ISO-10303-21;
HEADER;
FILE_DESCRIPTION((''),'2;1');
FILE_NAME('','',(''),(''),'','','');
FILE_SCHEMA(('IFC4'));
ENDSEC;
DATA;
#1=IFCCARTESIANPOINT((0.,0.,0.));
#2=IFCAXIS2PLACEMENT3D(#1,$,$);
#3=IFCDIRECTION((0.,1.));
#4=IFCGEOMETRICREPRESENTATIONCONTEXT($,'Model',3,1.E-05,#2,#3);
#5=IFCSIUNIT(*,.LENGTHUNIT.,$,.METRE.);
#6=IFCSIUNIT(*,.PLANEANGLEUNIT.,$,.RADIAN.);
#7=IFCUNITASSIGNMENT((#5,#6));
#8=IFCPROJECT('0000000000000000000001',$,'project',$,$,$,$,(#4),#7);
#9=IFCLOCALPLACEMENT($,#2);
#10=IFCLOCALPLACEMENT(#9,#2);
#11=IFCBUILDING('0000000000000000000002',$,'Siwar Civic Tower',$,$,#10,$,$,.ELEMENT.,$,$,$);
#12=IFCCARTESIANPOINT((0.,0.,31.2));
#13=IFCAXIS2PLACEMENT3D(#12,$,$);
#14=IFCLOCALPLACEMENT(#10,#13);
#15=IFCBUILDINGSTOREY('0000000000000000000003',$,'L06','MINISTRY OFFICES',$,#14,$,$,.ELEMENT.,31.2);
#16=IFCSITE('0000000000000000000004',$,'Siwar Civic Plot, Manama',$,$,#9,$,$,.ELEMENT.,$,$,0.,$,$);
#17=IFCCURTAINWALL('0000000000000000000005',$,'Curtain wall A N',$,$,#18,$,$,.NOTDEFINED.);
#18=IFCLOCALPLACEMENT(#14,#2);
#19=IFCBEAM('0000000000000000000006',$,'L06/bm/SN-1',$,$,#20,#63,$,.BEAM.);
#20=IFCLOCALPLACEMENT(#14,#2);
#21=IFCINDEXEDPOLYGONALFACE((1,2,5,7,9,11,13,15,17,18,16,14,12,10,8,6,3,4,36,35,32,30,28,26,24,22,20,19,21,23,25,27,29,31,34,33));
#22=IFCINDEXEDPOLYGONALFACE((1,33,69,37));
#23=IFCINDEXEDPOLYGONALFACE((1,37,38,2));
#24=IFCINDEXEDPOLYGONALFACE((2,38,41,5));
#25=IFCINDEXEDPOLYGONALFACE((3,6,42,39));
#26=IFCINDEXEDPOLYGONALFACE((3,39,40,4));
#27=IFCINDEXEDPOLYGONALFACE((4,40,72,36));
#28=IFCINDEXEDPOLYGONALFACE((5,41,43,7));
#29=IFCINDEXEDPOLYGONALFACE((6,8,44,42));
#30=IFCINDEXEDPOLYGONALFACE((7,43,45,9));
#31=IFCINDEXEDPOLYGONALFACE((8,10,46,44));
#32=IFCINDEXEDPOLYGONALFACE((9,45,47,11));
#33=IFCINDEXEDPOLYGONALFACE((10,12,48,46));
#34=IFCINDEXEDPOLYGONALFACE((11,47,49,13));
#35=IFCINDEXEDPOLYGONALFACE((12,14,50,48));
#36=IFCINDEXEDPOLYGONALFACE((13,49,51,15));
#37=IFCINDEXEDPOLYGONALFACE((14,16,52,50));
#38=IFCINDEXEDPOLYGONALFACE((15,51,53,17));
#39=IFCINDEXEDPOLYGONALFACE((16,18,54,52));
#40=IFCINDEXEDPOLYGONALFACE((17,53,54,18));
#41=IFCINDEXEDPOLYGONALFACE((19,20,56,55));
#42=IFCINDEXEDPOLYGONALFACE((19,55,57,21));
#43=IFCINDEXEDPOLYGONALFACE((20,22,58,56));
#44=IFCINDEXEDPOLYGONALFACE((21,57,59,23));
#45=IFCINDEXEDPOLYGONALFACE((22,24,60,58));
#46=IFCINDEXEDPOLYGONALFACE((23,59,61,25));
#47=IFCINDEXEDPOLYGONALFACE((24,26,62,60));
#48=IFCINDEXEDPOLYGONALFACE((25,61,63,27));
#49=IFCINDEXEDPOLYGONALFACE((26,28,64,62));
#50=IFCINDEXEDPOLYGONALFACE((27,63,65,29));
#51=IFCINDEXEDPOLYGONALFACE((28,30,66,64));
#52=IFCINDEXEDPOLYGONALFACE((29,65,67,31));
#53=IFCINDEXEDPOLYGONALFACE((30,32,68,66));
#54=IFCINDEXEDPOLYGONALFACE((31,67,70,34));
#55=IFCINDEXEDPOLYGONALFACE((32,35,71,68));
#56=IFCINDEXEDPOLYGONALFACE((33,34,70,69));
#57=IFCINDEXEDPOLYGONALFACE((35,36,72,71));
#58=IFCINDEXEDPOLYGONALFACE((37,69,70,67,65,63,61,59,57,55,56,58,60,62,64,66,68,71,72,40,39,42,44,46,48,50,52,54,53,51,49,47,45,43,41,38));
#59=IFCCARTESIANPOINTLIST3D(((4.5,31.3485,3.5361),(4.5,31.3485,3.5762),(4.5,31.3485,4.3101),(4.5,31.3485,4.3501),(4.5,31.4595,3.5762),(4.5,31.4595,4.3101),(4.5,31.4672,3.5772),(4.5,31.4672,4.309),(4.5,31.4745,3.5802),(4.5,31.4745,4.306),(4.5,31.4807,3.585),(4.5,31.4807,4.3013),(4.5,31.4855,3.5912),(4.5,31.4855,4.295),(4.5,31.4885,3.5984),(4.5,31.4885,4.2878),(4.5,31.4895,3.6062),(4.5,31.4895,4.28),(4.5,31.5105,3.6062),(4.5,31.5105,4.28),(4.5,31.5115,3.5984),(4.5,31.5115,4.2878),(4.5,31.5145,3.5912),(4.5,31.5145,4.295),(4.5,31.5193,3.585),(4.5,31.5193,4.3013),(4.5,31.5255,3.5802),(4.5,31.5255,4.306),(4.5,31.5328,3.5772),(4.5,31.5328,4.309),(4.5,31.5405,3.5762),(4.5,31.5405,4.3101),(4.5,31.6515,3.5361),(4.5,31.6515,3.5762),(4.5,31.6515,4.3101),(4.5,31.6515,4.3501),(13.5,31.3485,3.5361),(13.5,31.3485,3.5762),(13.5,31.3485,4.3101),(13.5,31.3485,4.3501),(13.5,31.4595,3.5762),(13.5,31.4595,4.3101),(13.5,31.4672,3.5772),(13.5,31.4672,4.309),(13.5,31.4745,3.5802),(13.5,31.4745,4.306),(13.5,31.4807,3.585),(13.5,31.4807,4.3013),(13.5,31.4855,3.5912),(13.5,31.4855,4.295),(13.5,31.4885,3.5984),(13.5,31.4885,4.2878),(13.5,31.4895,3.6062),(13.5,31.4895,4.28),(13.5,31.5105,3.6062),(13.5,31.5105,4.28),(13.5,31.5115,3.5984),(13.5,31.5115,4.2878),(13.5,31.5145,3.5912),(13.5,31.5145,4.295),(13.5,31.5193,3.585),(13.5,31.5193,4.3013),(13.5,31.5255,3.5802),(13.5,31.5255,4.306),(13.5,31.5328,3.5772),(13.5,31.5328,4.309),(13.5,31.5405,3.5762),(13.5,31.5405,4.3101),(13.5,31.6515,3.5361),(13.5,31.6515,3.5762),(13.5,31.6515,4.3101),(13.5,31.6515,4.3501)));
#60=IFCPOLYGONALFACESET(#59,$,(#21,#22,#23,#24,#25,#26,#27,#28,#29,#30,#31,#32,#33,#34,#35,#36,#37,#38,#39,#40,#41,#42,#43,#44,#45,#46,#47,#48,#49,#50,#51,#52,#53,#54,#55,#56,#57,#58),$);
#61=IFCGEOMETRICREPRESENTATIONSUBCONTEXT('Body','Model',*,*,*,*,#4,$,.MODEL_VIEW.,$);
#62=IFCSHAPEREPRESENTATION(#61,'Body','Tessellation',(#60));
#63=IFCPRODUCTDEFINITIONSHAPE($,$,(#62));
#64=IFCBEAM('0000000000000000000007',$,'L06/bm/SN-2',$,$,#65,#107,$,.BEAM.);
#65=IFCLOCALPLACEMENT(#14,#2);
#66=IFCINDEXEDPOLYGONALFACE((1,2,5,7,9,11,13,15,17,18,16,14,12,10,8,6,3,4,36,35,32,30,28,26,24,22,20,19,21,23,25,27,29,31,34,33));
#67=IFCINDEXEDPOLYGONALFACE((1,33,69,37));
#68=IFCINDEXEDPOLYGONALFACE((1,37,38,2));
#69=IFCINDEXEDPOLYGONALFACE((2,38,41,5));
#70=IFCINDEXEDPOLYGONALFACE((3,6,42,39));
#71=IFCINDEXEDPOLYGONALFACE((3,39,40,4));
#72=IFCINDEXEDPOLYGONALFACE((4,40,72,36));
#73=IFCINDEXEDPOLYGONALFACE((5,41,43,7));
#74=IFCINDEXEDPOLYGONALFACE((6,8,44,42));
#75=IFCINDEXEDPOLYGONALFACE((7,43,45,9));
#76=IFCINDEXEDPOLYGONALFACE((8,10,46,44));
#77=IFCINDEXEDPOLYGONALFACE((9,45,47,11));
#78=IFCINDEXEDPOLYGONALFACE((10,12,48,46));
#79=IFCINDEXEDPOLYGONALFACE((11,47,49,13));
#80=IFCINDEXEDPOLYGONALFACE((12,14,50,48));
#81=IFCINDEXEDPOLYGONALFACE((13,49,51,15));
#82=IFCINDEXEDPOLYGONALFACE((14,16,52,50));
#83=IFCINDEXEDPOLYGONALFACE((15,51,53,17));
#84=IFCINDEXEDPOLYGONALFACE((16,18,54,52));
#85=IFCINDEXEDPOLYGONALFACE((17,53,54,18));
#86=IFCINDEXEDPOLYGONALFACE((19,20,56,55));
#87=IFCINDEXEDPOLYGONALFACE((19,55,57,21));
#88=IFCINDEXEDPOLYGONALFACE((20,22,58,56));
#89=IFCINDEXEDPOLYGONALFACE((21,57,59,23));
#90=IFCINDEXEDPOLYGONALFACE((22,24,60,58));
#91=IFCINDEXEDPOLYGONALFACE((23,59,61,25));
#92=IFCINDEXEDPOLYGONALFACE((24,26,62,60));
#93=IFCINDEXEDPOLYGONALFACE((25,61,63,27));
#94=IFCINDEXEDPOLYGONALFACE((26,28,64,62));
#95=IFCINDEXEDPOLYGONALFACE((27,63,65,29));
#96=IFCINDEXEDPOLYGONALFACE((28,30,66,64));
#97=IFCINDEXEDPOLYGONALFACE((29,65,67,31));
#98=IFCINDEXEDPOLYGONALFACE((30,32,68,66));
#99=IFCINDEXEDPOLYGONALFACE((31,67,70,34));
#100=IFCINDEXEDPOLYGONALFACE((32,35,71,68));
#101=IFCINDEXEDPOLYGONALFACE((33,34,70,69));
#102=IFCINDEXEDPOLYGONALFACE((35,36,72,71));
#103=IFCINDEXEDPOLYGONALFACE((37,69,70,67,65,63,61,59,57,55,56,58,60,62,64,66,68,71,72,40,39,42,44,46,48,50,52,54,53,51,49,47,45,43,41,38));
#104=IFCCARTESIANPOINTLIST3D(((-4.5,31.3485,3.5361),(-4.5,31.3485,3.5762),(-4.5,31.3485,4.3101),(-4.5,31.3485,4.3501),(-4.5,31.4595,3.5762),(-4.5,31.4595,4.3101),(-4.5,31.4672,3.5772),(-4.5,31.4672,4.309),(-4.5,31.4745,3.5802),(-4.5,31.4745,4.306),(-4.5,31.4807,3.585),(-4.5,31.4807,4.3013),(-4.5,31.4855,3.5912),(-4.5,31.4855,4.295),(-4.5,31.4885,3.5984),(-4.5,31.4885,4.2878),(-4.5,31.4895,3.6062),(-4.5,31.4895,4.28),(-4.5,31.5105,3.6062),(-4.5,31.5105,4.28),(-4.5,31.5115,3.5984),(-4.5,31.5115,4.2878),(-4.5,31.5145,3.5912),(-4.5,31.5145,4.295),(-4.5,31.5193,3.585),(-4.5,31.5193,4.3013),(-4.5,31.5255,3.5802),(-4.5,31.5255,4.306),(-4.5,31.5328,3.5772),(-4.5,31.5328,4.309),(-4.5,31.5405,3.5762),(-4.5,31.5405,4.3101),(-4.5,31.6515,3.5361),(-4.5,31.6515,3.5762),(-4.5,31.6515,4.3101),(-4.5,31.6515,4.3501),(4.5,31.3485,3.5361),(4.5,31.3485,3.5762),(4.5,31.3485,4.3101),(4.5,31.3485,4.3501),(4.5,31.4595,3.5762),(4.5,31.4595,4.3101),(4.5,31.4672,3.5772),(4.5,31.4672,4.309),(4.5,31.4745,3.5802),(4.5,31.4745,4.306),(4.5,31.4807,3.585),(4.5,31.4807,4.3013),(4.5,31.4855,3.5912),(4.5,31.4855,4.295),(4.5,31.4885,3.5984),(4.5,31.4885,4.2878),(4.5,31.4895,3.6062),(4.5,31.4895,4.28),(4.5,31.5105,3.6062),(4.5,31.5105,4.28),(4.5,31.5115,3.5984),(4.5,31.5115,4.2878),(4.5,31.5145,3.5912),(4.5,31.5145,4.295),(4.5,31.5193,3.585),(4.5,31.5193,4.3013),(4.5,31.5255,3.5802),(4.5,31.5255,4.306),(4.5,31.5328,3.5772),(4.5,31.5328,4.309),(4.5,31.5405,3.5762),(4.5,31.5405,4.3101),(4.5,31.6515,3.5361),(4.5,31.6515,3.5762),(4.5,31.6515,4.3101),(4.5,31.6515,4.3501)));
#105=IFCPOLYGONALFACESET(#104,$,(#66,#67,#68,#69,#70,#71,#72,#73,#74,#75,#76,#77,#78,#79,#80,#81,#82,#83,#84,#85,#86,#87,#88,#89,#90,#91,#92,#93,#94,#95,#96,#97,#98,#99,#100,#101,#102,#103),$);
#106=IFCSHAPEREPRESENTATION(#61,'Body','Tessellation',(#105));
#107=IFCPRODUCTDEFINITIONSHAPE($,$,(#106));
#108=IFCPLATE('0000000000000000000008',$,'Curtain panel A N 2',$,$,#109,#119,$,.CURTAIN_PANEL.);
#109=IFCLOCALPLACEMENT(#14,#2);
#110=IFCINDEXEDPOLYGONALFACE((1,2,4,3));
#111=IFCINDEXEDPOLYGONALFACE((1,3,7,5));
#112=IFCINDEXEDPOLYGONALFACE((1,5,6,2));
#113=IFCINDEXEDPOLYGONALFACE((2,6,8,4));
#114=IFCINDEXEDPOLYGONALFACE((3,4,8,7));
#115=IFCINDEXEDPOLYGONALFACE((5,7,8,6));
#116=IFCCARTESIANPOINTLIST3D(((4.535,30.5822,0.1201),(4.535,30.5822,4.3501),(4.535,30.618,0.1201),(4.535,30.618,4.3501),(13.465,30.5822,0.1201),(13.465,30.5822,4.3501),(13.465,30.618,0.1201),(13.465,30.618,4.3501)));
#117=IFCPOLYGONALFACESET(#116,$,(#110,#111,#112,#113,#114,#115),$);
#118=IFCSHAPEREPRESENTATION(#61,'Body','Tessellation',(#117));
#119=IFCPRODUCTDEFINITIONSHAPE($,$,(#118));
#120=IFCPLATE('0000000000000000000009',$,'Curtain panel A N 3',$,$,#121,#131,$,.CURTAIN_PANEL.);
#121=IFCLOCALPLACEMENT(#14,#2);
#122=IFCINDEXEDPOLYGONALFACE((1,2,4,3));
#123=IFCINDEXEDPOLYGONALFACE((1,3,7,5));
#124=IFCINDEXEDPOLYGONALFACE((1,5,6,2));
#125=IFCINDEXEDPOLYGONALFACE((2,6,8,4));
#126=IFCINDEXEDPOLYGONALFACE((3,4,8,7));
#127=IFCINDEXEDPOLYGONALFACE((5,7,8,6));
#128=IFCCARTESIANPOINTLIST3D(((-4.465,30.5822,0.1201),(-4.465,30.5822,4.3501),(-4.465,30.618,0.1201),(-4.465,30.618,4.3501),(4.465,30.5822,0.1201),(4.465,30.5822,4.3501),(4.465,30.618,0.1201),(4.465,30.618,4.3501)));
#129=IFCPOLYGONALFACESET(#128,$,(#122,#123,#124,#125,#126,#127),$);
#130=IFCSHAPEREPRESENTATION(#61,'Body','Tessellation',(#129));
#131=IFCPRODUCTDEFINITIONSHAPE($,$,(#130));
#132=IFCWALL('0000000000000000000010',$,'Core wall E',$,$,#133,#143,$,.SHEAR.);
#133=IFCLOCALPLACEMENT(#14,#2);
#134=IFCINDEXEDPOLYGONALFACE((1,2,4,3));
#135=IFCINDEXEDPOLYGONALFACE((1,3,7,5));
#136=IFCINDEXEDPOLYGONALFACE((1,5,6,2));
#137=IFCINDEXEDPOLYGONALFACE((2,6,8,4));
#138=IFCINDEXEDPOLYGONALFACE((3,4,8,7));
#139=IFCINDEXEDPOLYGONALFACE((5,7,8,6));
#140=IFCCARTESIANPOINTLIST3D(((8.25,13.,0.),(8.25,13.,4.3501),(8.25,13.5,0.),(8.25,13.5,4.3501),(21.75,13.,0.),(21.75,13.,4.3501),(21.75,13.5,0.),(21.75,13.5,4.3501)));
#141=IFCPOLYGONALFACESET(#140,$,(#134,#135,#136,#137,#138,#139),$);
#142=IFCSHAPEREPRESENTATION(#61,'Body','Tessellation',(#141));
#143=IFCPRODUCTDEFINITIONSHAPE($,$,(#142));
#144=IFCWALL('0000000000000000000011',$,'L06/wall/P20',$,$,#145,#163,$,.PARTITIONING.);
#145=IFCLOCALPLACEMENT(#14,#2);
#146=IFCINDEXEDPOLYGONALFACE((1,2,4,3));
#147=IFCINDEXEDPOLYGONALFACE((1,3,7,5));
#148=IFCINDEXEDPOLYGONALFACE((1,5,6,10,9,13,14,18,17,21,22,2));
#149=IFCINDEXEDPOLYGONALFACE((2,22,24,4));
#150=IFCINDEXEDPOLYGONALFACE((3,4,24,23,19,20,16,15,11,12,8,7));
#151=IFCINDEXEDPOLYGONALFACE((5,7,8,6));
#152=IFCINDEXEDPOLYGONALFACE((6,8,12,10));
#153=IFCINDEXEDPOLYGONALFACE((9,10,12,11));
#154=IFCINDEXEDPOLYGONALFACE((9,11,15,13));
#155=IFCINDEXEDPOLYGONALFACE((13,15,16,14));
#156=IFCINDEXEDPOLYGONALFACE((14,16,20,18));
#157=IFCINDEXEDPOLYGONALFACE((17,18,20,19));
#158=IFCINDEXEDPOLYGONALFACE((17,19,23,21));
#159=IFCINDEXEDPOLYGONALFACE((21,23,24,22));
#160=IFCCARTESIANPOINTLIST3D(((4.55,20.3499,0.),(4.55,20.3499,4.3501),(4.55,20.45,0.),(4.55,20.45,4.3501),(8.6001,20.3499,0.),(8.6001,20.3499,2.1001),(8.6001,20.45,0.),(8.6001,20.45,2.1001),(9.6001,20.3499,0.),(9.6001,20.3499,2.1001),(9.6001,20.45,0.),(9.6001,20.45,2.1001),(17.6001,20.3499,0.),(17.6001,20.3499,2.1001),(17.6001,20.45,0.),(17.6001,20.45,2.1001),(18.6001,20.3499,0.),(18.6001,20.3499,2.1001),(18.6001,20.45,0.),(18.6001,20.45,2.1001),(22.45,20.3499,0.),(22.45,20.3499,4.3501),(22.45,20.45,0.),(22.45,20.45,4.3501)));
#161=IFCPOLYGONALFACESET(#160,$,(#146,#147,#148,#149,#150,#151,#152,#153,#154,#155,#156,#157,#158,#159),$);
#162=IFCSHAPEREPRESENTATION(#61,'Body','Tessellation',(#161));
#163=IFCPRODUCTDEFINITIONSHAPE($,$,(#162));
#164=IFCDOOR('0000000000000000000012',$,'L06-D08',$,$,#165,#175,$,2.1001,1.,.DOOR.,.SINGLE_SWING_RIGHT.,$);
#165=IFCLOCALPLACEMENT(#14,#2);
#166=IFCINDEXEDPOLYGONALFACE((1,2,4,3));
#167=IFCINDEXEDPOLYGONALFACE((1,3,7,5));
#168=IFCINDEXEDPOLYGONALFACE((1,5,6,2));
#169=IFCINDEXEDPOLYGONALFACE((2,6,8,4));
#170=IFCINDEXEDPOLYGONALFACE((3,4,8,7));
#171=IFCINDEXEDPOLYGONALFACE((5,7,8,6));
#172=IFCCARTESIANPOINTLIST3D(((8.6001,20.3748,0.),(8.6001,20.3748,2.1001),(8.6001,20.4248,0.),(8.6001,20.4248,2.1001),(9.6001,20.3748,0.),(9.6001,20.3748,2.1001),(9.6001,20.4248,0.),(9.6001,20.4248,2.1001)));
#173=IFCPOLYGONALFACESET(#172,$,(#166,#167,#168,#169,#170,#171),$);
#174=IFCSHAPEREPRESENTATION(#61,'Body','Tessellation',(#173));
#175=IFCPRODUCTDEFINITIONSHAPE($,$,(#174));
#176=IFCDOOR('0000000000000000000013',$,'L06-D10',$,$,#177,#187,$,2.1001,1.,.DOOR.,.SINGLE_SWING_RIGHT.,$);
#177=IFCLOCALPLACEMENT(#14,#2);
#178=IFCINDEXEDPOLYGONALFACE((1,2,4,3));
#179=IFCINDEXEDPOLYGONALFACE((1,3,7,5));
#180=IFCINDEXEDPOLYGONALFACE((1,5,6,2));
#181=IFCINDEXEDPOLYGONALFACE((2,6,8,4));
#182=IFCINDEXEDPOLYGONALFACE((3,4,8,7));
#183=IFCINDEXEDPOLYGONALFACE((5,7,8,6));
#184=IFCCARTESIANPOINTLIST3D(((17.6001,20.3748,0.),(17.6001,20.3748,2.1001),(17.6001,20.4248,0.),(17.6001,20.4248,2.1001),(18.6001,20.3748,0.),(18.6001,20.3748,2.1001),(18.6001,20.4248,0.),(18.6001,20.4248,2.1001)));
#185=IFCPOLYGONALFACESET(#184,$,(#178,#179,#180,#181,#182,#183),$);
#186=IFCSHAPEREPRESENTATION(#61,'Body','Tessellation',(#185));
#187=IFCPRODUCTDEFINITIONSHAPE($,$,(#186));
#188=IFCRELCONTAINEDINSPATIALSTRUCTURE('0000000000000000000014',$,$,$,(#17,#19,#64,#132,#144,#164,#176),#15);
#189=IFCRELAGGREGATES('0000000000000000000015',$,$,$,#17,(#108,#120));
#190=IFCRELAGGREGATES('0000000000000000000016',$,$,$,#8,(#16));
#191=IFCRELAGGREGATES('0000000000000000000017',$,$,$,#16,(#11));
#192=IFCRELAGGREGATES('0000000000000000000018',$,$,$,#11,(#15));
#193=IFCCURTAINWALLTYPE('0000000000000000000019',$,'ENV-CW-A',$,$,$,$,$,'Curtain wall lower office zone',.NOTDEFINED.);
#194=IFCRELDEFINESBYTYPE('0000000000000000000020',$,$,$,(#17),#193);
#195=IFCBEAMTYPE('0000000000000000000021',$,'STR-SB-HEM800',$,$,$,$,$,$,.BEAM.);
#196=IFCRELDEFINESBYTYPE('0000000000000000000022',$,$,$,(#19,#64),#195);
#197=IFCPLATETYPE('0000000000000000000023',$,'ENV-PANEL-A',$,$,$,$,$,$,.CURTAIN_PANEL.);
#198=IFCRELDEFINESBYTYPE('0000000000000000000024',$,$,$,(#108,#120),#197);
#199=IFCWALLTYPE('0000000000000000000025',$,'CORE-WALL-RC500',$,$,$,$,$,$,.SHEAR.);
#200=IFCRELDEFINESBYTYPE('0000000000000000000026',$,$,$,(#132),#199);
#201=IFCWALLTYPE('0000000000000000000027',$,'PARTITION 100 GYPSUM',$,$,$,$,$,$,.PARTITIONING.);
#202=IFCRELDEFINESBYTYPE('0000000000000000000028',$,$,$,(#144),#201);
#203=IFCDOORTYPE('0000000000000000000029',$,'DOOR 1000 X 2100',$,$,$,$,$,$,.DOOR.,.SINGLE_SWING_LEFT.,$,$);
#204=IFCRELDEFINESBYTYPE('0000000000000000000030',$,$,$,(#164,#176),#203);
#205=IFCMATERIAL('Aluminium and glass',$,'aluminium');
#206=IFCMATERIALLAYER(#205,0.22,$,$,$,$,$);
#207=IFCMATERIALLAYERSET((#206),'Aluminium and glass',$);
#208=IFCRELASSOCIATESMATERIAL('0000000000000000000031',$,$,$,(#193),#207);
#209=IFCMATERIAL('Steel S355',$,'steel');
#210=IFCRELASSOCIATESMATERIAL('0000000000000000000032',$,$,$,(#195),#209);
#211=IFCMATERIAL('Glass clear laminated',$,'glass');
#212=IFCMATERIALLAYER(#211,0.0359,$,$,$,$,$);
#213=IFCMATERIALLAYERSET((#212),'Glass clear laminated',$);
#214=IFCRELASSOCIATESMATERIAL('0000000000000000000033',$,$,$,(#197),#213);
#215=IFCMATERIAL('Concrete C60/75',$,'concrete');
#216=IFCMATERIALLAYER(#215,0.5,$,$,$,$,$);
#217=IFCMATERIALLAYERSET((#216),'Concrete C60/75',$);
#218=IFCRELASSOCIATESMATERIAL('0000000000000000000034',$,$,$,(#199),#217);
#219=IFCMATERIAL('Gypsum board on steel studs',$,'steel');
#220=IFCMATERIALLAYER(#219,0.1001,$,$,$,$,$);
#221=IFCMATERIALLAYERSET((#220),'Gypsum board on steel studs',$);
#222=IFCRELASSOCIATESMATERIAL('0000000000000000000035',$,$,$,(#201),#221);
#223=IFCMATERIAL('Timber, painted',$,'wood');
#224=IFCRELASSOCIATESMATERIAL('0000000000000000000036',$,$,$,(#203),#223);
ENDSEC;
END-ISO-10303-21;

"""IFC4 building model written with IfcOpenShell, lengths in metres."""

from ifc_helpers import new_model, si_unit, direction, frame, frame_2d, origin, origin_2d, place, context, subcontext, project, spatial, rectangle, i_section, extrude, material, layer, layer_set, material_profile, profile_set, type_object, element, fill, aggregate, save


model = new_model("IFC4")

# Units and contexts
model_context = context("Model", 3, precision=1e-05, world=origin(), true_north=direction((0.0, 1.0)))
body_context = subcontext(model_context, "Body", "Model", "MODEL_VIEW")
ifc_project = project(units=[si_unit("LENGTHUNIT", "METRE"), si_unit("PLANEANGLEUNIT", "RADIAN")], contexts=[model_context])

# Site, building, storey
site_placement = place(None, origin())
site = spatial("IfcSite", under=ifc_project, at=site_placement, Name="Siwar Civic Plot, Manama", CompositionType="ELEMENT", RefElevation=0.0)
building_placement = place(site_placement, origin())
building = spatial("IfcBuilding", under=site, at=building_placement, Name="Siwar Civic Tower", CompositionType="ELEMENT")
storey_placement = place(building_placement, frame((0.0, 0.0, 31.2)))
storey = spatial("IfcBuildingStorey", under=building, at=storey_placement, Name="L06", Description="MINISTRY OFFICES", CompositionType="ELEMENT", Elevation=31.2)

# Curtain wall
ifc_material_1 = material(Name="Aluminium and glass", Category="aluminium")
ifc_layer_1 = layer(ifc_material_1, 0.22)
ifc_layer_set_1 = layer_set([ifc_layer_1], Name="Aluminium and glass")
curtain_wall_type = type_object("IfcCurtainWallType", Name="ENV-CW-A", ElementType="Curtain wall lower office zone", PredefinedType="NOTDEFINED", material=ifc_layer_set_1)
curtain_wall_placement = place(storey_placement, origin())
curtain_wall = element("IfcCurtainWall", 1, at=curtain_wall_placement, inside=storey, type_object=curtain_wall_type, Name="Curtain wall A N", PredefinedType="NOTDEFINED")

# Beams
ifc_material_2 = material(Name="Steel S355", Category="steel")
ifc_material_profile_1 = material_profile(ifc_material_2, i_section(OverallWidth=0.303, OverallDepth=0.814, WebThickness=0.021, FlangeThickness=0.04, FilletRadius=0.03, at=origin_2d()), Name="HEM800")
ifc_profile_set_1 = profile_set([ifc_material_profile_1], Name="Steel S355")
beam_type_1 = type_object("IfcBeamType", Name="STR-SB-HEM800", PredefinedType="BEAM", material=ifc_profile_set_1)
for number, where, z_axis, x_axis, name in (
    (2, (13.5, 31.5, 3.9431), (-1.0, 0.0, 0.0), (0.0, -1.0, 0.0), "L06/bm/SN-1"),
    (3, (4.5, 31.5, 3.9431), (-1.0, 0.0, 0.0), (0.0, -1.0, 0.0), "L06/bm/SN-2"),
):
    element("IfcBeam", number, at=place(storey_placement, frame(where, z_axis=z_axis, x_axis=x_axis)), inside=storey, type_object=beam_type_1, Name=name, PredefinedType="BEAM", context=body_context, shape_type="SweptSolid", body=[
        extrude(i_section(OverallWidth=0.303, OverallDepth=0.814, WebThickness=0.021, FlangeThickness=0.04, FilletRadius=0.03, at=origin_2d()), origin(), (0.0, 0.0, 1.0), 9.0),
    ])

# Plates
ifc_material_3 = material(Name="Glass clear laminated", Category="glass")
ifc_layer_2 = layer(ifc_material_3, 0.0359)
ifc_layer_set_2 = layer_set([ifc_layer_2], Name="Glass clear laminated")
plate_type = type_object("IfcPlateType", Name="ENV-PANEL-A", PredefinedType="CURTAIN_PANEL", material=ifc_layer_set_2)
plate_1_placement = place(storey_placement, frame((9.0, 30.6001, 0.1201), z_axis=(0.0, 0.0, 1.0), x_axis=(-1.0, 0.0, 0.0)))
plate_1 = element("IfcPlate", 4, at=plate_1_placement, type_object=plate_type, Name="Curtain panel A N 2", PredefinedType="CURTAIN_PANEL", context=body_context, shape_type="SweptSolid", body=[
    extrude(rectangle(XDim=8.9299, YDim=0.0359, at=origin_2d()), origin(), (0.0, 0.0, 1.0), 4.23),
])
plate_2_placement = place(storey_placement, frame((0.0, 30.6001, 0.1201), z_axis=(0.0, 0.0, 1.0), x_axis=(-1.0, 0.0, 0.0)))
plate_2 = element("IfcPlate", 5, at=plate_2_placement, type_object=plate_type, Name="Curtain panel A N 3", PredefinedType="CURTAIN_PANEL", context=body_context, shape_type="SweptSolid", body=[
    extrude(rectangle(XDim=8.9299, YDim=0.0359, at=origin_2d()), origin(), (0.0, 0.0, 1.0), 4.23),
])
aggregate(curtain_wall, [plate_1, plate_2])

# Wall
ifc_material_4 = material(Name="Concrete C60/75", Category="concrete")
ifc_layer_3 = layer(ifc_material_4, 0.5)
ifc_layer_set_3 = layer_set([ifc_layer_3], Name="Concrete C60/75")
wall_type_1 = type_object("IfcWallType", Name="CORE-WALL-RC500", PredefinedType="SHEAR", material=ifc_layer_set_3)
wall_1_placement = place(storey_placement, frame((8.25, 13.25, 0.0), z_axis=(0.0, 0.0, 1.0), x_axis=(1.0, 0.0, 0.0)))
element("IfcWall", 6, at=wall_1_placement, inside=storey, type_object=wall_type_1, Name="Core wall E", PredefinedType="SHEAR", context=body_context, shape_type="SweptSolid", body=[
    extrude(rectangle(XDim=13.5, YDim=0.5, at=frame_2d((6.75, 0.0))), origin(), (0.0, 0.0, 1.0), 4.3501),
])

# Wall, openings, doors
ifc_material_5 = material(Name="Gypsum board on steel studs", Category="steel")
ifc_layer_4 = layer(ifc_material_5, 0.1001)
ifc_layer_set_4 = layer_set([ifc_layer_4], Name="Gypsum board on steel studs")
wall_type_2 = type_object("IfcWallType", Name="PARTITION 100 GYPSUM", PredefinedType="PARTITIONING", material=ifc_layer_set_4)
wall_2_placement = place(storey_placement, frame((4.55, 20.3999, 0.0), z_axis=(0.0, 0.0, 1.0), x_axis=(1.0, 0.0, 0.0)))
wall_2 = element("IfcWall", 7, at=wall_2_placement, inside=storey, type_object=wall_type_2, Name="L06/wall/P20", PredefinedType="PARTITIONING", context=body_context, shape_type="SweptSolid", body=[
    extrude(rectangle(XDim=17.8999, YDim=0.1001, at=frame_2d((8.95, 0.0))), origin(), (0.0, 0.0, 1.0), 4.3501),
])
opening_1_placement = place(wall_2_placement, frame((4.05, 0.0, 0.0)))
opening_1 = element("IfcOpeningElement", 8, at=opening_1_placement, cuts=wall_2, PredefinedType="OPENING", context=body_context, shape_type="SweptSolid", body=[
    extrude(rectangle(XDim=1.0, YDim=2.1001, at=frame_2d((0.5, 1.05))), frame((0.0, 0.0601, 0.0), z_axis=(0.0, -1.0, 0.0), x_axis=(1.0, 0.0, 0.0)), (0.0, 0.0, 1.0), 0.1201),
])
opening_2_placement = place(wall_2_placement, frame((13.05, 0.0, 0.0)))
opening_2 = element("IfcOpeningElement", 9, at=opening_2_placement, cuts=wall_2, PredefinedType="OPENING", context=body_context, shape_type="SweptSolid", body=[
    extrude(rectangle(XDim=1.0, YDim=2.1001, at=frame_2d((0.5, 1.05))), frame((0.0, 0.0601, 0.0), z_axis=(0.0, -1.0, 0.0), x_axis=(1.0, 0.0, 0.0)), (0.0, 0.0, 1.0), 0.1201),
])
ifc_material_6 = material(Name="Timber, painted", Category="wood")
door_type = type_object("IfcDoorType", Name="DOOR 1000 X 2100", OperationType="SINGLE_SWING_LEFT", PredefinedType="DOOR", material=ifc_material_6)
door_1_placement = place(opening_1_placement, origin())
door_1 = element("IfcDoor", 10, at=door_1_placement, inside=storey, type_object=door_type, Name="L06-D08", OperationType="SINGLE_SWING_RIGHT", OverallHeight=2.1001, OverallWidth=1.0, PredefinedType="DOOR", context=body_context, shape_type="SweptSolid", body=[
    extrude(rectangle(XDim=1.0, YDim=2.1001, at=frame_2d((0.5, 1.05))), frame((0.0, 0.0249, 0.0), z_axis=(0.0, -1.0, 0.0), x_axis=(1.0, 0.0, 0.0)), (0.0, 0.0, 1.0), 0.05),
])
fill(opening_1, door_1)
door_2_placement = place(opening_2_placement, origin())
door_2 = element("IfcDoor", 11, at=door_2_placement, inside=storey, type_object=door_type, Name="L06-D10", OperationType="SINGLE_SWING_RIGHT", OverallHeight=2.1001, OverallWidth=1.0, PredefinedType="DOOR", context=body_context, shape_type="SweptSolid", body=[
    extrude(rectangle(XDim=1.0, YDim=2.1001, at=frame_2d((0.5, 1.05))), frame((0.0, 0.0249, 0.0), z_axis=(0.0, -1.0, 0.0), x_axis=(1.0, 0.0, 0.0)), (0.0, 0.0, 1.0), 0.05),
])
fill(opening_2, door_2)

save(model, "model.ifc")
